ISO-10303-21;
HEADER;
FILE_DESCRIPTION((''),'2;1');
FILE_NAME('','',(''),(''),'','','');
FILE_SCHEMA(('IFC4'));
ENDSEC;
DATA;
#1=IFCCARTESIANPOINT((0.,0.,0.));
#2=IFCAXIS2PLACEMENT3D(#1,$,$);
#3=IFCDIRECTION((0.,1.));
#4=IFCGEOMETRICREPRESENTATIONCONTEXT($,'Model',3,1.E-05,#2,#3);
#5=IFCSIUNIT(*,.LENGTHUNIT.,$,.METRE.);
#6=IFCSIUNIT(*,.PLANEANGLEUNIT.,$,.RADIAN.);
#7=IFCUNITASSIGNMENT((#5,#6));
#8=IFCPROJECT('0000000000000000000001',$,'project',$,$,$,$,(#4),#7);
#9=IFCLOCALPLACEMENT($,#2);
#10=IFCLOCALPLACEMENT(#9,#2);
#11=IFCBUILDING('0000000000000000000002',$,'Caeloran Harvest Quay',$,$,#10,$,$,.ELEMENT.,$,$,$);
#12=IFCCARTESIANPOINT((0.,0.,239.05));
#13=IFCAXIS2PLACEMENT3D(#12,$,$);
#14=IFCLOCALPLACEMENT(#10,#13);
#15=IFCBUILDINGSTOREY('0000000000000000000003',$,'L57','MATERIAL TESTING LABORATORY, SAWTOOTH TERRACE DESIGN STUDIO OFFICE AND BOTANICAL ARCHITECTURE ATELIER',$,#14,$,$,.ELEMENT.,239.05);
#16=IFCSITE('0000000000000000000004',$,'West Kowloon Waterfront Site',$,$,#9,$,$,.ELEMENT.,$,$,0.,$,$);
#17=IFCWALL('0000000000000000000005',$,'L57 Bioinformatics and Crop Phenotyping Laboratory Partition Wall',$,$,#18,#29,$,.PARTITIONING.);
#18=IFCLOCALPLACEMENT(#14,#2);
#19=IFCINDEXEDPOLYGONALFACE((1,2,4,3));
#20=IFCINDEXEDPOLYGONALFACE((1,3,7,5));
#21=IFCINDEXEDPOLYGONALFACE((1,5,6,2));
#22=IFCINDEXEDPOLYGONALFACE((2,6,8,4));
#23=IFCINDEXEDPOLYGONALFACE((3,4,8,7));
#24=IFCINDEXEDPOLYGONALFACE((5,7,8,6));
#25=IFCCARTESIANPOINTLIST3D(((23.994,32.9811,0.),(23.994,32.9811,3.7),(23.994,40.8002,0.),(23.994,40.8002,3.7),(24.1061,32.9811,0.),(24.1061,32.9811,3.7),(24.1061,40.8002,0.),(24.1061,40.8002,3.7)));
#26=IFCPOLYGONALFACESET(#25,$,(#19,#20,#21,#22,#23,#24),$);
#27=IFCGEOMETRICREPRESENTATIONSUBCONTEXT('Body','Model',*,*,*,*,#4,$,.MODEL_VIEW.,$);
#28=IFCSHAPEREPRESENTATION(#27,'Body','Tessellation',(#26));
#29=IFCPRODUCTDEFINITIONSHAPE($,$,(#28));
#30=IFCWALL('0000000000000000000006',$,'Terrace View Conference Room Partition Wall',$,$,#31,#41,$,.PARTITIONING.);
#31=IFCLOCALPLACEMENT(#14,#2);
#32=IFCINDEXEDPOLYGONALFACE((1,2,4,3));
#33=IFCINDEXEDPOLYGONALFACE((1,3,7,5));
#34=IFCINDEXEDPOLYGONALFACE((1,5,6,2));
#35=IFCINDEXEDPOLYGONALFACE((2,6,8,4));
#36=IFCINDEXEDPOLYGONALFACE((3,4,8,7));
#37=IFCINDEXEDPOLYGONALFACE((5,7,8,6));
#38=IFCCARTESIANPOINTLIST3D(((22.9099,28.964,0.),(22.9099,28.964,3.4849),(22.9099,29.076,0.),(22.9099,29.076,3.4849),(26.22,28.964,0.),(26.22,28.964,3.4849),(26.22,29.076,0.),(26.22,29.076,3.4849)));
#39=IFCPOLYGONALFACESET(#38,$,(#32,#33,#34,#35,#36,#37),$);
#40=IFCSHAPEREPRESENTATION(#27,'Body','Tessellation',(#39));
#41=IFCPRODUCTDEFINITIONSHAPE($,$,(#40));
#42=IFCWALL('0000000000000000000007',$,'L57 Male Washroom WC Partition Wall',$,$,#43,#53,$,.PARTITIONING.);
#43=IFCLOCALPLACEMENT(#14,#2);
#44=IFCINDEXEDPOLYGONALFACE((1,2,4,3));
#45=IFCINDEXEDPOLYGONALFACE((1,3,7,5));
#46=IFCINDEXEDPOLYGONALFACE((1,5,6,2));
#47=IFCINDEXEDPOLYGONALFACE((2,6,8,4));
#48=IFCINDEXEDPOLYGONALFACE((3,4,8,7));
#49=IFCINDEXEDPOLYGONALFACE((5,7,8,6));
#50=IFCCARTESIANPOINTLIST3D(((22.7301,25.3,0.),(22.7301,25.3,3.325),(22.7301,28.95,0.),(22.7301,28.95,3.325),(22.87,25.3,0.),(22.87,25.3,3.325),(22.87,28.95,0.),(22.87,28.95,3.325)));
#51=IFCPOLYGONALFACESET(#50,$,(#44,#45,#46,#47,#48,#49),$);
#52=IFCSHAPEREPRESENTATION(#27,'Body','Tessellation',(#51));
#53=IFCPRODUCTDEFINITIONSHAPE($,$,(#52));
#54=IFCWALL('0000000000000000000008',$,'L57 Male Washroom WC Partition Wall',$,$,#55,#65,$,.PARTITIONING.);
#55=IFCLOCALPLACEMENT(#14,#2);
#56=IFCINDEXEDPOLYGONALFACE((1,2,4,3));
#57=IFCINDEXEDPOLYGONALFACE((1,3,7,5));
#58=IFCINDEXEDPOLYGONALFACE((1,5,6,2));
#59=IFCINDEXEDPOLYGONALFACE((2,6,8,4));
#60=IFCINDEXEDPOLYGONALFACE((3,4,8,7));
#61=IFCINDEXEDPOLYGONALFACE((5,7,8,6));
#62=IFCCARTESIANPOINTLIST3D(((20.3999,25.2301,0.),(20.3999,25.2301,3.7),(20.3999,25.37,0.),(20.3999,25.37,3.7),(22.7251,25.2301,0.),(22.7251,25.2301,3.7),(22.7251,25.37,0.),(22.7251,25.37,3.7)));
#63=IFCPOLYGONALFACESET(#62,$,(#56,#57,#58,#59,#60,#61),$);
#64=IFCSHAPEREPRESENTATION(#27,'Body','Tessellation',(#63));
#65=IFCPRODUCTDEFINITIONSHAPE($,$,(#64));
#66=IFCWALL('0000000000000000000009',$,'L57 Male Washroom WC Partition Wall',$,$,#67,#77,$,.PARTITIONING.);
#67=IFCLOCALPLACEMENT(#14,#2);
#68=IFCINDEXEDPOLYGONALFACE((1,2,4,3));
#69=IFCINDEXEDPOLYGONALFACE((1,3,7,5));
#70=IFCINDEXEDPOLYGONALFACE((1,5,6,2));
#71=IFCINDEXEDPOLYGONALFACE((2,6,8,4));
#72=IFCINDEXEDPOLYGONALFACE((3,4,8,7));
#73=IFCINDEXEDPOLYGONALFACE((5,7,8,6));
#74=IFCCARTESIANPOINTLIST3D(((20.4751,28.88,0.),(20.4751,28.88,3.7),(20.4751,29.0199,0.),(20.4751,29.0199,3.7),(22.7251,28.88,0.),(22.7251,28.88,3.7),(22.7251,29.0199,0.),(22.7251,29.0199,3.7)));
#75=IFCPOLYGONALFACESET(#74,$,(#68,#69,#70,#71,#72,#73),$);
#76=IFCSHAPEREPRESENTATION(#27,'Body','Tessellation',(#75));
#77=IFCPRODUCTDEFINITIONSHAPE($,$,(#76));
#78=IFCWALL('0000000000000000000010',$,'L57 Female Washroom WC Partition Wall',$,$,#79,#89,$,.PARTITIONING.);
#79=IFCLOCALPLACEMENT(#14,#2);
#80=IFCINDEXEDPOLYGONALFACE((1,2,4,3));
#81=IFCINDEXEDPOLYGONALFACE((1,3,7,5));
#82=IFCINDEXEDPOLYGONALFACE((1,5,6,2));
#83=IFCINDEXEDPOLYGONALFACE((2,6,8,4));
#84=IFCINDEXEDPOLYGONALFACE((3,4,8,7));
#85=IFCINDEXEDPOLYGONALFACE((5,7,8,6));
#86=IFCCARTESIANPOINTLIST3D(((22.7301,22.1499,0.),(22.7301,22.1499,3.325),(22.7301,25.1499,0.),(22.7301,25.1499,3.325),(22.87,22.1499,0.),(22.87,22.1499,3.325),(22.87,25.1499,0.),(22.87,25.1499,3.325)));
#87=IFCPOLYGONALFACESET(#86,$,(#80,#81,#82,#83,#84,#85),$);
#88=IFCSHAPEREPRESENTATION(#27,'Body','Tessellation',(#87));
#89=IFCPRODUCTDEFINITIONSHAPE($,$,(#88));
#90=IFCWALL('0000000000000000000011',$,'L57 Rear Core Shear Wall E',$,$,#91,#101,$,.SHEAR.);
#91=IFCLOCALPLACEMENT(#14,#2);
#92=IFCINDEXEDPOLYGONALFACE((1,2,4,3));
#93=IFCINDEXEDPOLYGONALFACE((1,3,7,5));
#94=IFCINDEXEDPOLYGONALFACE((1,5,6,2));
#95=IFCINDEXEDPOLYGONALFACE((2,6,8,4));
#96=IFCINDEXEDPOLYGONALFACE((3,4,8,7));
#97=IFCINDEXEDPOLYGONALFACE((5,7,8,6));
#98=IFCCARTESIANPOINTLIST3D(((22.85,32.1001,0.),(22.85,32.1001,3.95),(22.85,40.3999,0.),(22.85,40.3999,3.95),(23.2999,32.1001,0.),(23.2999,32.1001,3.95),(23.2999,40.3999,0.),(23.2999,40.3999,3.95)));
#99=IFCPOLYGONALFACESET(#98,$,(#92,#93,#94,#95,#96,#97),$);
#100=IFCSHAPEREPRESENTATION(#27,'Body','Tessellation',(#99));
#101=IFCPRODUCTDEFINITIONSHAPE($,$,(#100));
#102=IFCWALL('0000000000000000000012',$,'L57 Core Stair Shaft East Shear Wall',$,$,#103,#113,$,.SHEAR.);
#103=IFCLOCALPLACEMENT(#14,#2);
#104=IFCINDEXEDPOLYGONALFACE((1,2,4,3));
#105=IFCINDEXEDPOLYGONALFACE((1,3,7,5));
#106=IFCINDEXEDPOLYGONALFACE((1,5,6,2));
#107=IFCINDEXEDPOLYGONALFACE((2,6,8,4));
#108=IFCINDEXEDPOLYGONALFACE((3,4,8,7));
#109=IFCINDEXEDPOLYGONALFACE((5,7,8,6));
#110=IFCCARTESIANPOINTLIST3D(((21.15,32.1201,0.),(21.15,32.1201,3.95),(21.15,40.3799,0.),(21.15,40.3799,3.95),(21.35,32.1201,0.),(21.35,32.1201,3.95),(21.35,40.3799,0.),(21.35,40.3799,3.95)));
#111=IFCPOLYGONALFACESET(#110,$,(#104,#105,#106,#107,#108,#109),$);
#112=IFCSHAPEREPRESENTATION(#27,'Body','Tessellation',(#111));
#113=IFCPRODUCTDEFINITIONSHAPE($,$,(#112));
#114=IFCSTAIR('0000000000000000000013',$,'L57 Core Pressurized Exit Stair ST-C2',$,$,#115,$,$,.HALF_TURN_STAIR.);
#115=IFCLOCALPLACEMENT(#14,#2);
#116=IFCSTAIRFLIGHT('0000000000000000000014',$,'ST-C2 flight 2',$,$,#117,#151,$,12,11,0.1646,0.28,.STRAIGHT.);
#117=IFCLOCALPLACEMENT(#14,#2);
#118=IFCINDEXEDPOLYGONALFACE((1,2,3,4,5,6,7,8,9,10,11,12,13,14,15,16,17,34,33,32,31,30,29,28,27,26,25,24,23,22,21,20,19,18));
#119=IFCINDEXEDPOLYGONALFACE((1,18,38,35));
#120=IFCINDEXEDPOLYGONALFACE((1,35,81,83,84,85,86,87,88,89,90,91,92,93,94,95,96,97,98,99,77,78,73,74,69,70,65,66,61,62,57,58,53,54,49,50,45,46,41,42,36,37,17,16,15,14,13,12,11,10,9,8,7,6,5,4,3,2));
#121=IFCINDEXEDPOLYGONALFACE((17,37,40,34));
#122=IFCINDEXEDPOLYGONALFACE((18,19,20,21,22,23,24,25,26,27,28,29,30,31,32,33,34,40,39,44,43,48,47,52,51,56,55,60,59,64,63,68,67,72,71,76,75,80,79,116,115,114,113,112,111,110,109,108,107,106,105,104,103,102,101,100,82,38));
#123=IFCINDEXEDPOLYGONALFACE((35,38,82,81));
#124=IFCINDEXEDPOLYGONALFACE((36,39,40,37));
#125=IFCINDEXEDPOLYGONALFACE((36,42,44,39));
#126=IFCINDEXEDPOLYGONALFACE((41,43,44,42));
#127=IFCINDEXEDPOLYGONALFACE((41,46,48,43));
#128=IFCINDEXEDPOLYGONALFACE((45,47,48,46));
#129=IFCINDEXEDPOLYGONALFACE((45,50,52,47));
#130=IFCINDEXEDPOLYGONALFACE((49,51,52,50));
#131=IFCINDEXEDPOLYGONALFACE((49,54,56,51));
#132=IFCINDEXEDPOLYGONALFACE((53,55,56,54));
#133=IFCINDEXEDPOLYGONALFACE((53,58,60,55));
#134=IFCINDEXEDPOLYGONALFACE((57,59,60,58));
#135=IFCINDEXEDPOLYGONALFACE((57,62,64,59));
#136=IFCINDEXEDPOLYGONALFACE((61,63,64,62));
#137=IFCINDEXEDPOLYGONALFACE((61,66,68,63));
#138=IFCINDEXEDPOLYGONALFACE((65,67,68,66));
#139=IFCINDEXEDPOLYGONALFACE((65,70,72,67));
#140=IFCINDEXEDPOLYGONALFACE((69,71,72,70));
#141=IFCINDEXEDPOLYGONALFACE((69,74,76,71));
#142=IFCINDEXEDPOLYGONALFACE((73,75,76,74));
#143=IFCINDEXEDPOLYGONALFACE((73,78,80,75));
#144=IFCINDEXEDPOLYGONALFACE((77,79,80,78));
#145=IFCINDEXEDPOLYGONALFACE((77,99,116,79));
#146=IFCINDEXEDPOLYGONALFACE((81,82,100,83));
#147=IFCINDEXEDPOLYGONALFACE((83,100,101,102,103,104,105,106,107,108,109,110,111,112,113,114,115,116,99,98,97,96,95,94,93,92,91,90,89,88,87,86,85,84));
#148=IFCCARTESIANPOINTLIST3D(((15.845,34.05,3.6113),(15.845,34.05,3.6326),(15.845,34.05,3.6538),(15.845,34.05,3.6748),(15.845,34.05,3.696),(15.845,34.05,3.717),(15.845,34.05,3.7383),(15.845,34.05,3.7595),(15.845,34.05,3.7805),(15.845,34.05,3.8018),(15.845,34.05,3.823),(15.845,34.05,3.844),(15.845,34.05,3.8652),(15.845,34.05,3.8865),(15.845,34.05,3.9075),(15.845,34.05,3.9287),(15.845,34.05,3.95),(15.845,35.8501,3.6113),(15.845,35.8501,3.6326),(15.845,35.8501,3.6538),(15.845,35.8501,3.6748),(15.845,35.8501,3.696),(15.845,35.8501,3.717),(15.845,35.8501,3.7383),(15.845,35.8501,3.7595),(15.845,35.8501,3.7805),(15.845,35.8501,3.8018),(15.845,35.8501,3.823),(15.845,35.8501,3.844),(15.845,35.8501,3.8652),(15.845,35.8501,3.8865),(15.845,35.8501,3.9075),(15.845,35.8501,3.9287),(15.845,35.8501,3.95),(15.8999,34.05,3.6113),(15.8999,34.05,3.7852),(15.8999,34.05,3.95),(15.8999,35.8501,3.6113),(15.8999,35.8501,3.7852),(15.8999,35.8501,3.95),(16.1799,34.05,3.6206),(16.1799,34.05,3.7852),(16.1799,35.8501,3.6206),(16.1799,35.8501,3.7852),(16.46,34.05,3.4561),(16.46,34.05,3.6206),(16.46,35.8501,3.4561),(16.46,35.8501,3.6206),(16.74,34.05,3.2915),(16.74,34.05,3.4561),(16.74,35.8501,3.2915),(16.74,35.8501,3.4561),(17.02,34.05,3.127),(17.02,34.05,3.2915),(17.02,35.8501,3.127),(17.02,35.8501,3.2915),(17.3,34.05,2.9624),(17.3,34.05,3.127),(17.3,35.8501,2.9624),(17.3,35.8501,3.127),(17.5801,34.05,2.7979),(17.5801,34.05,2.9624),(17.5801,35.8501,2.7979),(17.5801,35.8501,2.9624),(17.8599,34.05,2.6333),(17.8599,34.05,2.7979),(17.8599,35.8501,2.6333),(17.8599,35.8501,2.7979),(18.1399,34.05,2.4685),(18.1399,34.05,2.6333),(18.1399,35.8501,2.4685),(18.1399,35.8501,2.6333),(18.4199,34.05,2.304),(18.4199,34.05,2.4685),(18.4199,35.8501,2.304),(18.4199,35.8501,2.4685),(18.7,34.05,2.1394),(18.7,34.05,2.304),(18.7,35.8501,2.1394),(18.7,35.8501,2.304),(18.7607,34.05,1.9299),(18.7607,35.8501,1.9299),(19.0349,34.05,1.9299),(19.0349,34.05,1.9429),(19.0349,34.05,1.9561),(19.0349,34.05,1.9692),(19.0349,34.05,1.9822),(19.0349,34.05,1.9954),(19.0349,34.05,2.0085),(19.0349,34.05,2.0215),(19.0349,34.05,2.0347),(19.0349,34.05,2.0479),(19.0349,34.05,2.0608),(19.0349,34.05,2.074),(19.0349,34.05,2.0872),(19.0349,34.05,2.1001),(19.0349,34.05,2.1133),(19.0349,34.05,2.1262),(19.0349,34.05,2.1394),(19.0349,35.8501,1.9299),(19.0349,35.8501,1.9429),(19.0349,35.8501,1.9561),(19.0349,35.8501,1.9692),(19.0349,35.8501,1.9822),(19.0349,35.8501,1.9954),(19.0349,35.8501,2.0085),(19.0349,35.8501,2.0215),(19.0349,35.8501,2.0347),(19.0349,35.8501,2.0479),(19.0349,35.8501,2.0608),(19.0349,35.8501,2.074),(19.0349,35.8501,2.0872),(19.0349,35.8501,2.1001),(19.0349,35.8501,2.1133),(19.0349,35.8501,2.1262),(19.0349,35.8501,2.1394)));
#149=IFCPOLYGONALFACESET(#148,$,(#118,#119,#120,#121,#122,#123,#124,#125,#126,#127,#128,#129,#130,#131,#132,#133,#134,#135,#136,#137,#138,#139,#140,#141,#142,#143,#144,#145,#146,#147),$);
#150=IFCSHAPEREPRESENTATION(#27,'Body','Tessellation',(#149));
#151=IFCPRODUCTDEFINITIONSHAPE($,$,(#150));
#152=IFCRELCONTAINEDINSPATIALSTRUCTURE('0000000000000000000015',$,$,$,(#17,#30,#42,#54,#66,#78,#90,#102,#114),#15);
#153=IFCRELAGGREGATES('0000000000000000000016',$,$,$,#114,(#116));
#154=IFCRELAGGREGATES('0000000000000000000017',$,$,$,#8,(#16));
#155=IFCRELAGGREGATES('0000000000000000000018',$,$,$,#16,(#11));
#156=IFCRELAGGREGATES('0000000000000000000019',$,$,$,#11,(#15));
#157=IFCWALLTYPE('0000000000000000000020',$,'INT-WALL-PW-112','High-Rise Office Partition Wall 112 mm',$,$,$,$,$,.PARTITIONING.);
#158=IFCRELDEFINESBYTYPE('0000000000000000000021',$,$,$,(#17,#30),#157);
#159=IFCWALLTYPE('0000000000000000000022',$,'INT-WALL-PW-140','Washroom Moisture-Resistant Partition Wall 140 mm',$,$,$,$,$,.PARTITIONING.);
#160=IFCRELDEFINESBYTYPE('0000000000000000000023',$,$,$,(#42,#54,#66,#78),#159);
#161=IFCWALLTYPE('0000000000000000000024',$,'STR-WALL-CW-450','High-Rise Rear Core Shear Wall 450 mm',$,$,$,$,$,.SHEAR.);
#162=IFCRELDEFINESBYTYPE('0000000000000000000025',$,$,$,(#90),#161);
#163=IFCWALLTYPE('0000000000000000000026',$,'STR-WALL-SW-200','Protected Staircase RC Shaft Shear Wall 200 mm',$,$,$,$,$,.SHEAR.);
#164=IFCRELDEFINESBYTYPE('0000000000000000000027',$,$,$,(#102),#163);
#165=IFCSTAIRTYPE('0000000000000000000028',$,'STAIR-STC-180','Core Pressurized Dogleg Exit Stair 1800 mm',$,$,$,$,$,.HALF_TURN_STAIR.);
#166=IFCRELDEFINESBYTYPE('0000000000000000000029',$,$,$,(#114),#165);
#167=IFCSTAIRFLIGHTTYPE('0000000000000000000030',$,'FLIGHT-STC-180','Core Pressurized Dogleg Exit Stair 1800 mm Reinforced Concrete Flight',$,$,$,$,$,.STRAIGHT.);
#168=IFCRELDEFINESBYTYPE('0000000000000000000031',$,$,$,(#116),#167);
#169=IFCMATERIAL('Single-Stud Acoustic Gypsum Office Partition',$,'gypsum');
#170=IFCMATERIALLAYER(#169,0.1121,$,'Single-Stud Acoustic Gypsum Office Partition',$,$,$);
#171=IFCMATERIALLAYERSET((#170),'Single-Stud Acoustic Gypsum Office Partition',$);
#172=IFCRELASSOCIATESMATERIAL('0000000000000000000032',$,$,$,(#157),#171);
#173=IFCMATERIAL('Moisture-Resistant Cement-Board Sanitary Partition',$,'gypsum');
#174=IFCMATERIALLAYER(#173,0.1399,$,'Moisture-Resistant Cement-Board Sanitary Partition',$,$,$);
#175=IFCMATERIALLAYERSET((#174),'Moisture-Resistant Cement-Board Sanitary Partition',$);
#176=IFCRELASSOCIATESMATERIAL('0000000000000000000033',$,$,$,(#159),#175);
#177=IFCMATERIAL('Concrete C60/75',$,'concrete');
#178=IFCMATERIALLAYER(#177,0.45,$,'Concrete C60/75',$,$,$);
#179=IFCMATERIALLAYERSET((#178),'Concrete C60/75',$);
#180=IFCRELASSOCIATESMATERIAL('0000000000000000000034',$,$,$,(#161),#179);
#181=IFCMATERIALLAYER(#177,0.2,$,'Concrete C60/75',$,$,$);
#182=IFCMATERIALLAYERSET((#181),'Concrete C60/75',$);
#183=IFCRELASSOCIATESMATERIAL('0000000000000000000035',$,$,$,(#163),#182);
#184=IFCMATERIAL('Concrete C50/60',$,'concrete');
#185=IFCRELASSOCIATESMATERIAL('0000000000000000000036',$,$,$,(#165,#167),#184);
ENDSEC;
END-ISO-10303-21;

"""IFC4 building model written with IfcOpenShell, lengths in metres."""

from ifc_helpers import new_model, si_unit, direction, frame, frame_2d, origin, place, context, subcontext, project, spatial, polyline, rectangle, outline, extrude, material, layer, layer_set, type_object, element, aggregate, save


model = new_model("IFC4")

# Units and contexts
model_context = context("Model", 3, precision=1e-05, world=origin(), true_north=direction((0.0, 1.0)))
body_context = subcontext(model_context, "Body", "Model", "MODEL_VIEW")
ifc_project = project(units=[si_unit("LENGTHUNIT", "METRE"), si_unit("PLANEANGLEUNIT", "RADIAN")], contexts=[model_context])

# Site, building, storey
site_placement = place(None, origin())
site = spatial("IfcSite", under=ifc_project, at=site_placement, Name="West Kowloon Waterfront Site", CompositionType="ELEMENT", RefElevation=0.0)
building_placement = place(site_placement, origin())
building = spatial("IfcBuilding", under=site, at=building_placement, Name="Caeloran Harvest Quay", CompositionType="ELEMENT")
storey_placement = place(building_placement, frame((0.0, 0.0, 239.05)))
storey = spatial("IfcBuildingStorey", under=building, at=storey_placement, Name="L57", Description="MATERIAL TESTING LABORATORY, SAWTOOTH TERRACE DESIGN STUDIO OFFICE AND BOTANICAL ARCHITECTURE ATELIER", CompositionType="ELEMENT", Elevation=239.05)

# Shared definitions
ifc_material_1 = material(Name="Concrete C60/75", Category="concrete")

# Walls
ifc_material_2 = material(Name="Single-Stud Acoustic Gypsum Office Partition", Category="gypsum")
ifc_layer_1 = layer(ifc_material_2, 0.1121, Name="Single-Stud Acoustic Gypsum Office Partition")
ifc_layer_set_1 = layer_set([ifc_layer_1], Name="Single-Stud Acoustic Gypsum Office Partition")
wall_type_1 = type_object("IfcWallType", Name="INT-WALL-PW-112", Description="High-Rise Office Partition Wall 112 mm", PredefinedType="PARTITIONING", material=ifc_layer_set_1)
wall_1_placement = place(storey_placement, frame((24.05, 32.981, 0.0), z_axis=(0.0, 0.0, 1.0), x_axis=(0.0, 1.0, 0.0)))
element("IfcWall", 1, at=wall_1_placement, inside=storey, type_object=wall_type_1, Name="L57 Bioinformatics and Crop Phenotyping Laboratory Partition Wall", PredefinedType="PARTITIONING", context=body_context, shape_type="SweptSolid", body=[
    extrude(rectangle(XDim=7.8191, YDim=0.1121, at=frame_2d((3.9097, 0.0))), origin(), (0.0, 0.0, 1.0), 3.7),
])
wall_2_placement = place(storey_placement, frame((22.9099, 29.02, 0.0), z_axis=(0.0, 0.0, 1.0), x_axis=(1.0, 0.0, 0.0)))
element("IfcWall", 2, at=wall_2_placement, inside=storey, type_object=wall_type_1, Name="Terrace View Conference Room Partition Wall", PredefinedType="PARTITIONING", context=body_context, shape_type="SweptSolid", body=[
    extrude(rectangle(XDim=3.3101, YDim=0.1121, at=frame_2d((1.655, 0.0))), origin(), (0.0, 0.0, 1.0), 3.4849),
])
ifc_material_3 = material(Name="Moisture-Resistant Cement-Board Sanitary Partition", Category="gypsum")
ifc_layer_2 = layer(ifc_material_3, 0.1399, Name="Moisture-Resistant Cement-Board Sanitary Partition")
ifc_layer_set_2 = layer_set([ifc_layer_2], Name="Moisture-Resistant Cement-Board Sanitary Partition")
wall_type_2 = type_object("IfcWallType", Name="INT-WALL-PW-140", Description="Washroom Moisture-Resistant Partition Wall 140 mm", PredefinedType="PARTITIONING", material=ifc_layer_set_2)
wall_3_placement = place(storey_placement, frame((22.8, 28.95, 0.0), z_axis=(0.0, 0.0, 1.0), x_axis=(0.0, -1.0, 0.0)))
element("IfcWall", 3, at=wall_3_placement, inside=storey, type_object=wall_type_2, Name="L57 Male Washroom WC Partition Wall", PredefinedType="PARTITIONING", context=body_context, shape_type="SweptSolid", body=[
    extrude(rectangle(XDim=3.6499, YDim=0.1399, at=frame_2d((1.825, 0.0))), origin(), (0.0, 0.0, 1.0), 3.325),
])
wall_4_placement = place(storey_placement, frame((22.7251, 25.3, 0.0), z_axis=(0.0, 0.0, 1.0), x_axis=(-1.0, 0.0, 0.0)))
element("IfcWall", 4, at=wall_4_placement, inside=storey, type_object=wall_type_2, Name="L57 Male Washroom WC Partition Wall", PredefinedType="PARTITIONING", context=body_context, shape_type="SweptSolid", body=[
    extrude(rectangle(XDim=2.3252, YDim=0.1399, at=frame_2d((1.1626, 0.0))), origin(), (0.0, 0.0, 1.0), 3.7),
])

# Walls
wall_5_placement = place(storey_placement, frame((20.4751, 28.95, 0.0), z_axis=(0.0, 0.0, 1.0), x_axis=(1.0, 0.0, 0.0)))
element("IfcWall", 5, at=wall_5_placement, inside=storey, type_object=wall_type_2, Name="L57 Male Washroom WC Partition Wall", PredefinedType="PARTITIONING", context=body_context, shape_type="SweptSolid", body=[
    extrude(rectangle(XDim=2.25, YDim=0.1399, at=frame_2d((1.125, 0.0))), origin(), (0.0, 0.0, 1.0), 3.7),
])
wall_6_placement = place(storey_placement, frame((22.8, 25.1499, 0.0), z_axis=(0.0, 0.0, 1.0), x_axis=(0.0, -1.0, 0.0)))
element("IfcWall", 6, at=wall_6_placement, inside=storey, type_object=wall_type_2, Name="L57 Female Washroom WC Partition Wall", PredefinedType="PARTITIONING", context=body_context, shape_type="SweptSolid", body=[
    extrude(rectangle(XDim=3.0, YDim=0.1399, at=frame_2d((1.5, 0.0))), origin(), (0.0, 0.0, 1.0), 3.325),
])
ifc_layer_3 = layer(ifc_material_1, 0.45, Name="Concrete C60/75")
ifc_layer_set_3 = layer_set([ifc_layer_3], Name="Concrete C60/75")
wall_type_3 = type_object("IfcWallType", Name="STR-WALL-CW-450", Description="High-Rise Rear Core Shear Wall 450 mm", PredefinedType="SHEAR", material=ifc_layer_set_3)
wall_7_placement = place(storey_placement, frame((23.075, 32.1001, 0.0), z_axis=(0.0, 0.0, 1.0), x_axis=(0.0, 1.0, 0.0)))
element("IfcWall", 7, at=wall_7_placement, inside=storey, type_object=wall_type_3, Name="L57 Rear Core Shear Wall E", PredefinedType="SHEAR", context=body_context, shape_type="SweptSolid", body=[
    extrude(rectangle(XDim=8.2998, YDim=0.45, at=frame_2d((4.1499, 0.0))), origin(), (0.0, 0.0, 1.0), 3.95),
])
ifc_layer_4 = layer(ifc_material_1, 0.2, Name="Concrete C60/75")
ifc_layer_set_4 = layer_set([ifc_layer_4], Name="Concrete C60/75")
wall_type_4 = type_object("IfcWallType", Name="STR-WALL-SW-200", Description="Protected Staircase RC Shaft Shear Wall 200 mm", PredefinedType="SHEAR", material=ifc_layer_set_4)
wall_8_placement = place(storey_placement, frame((21.25, 32.1201, 0.0), z_axis=(0.0, 0.0, 1.0), x_axis=(0.0, 1.0, 0.0)))
element("IfcWall", 8, at=wall_8_placement, inside=storey, type_object=wall_type_4, Name="L57 Core Stair Shaft East Shear Wall", PredefinedType="SHEAR", context=body_context, shape_type="SweptSolid", body=[
    extrude(rectangle(XDim=8.2598, YDim=0.2, at=frame_2d((4.1299, 0.0))), origin(), (0.0, 0.0, 1.0), 3.95),
])

# Stair, stair flight
ifc_material_4 = material(Name="Concrete C50/60", Category="concrete")
stair_type = type_object("IfcStairType", Name="STAIR-STC-180", Description="Core Pressurized Dogleg Exit Stair 1800 mm", PredefinedType="HALF_TURN_STAIR", material=ifc_material_4)
stair_placement = place(storey_placement, origin())
stair = element("IfcStair", 9, at=stair_placement, inside=storey, type_object=stair_type, Name="L57 Core Pressurized Exit Stair ST-C2", PredefinedType="HALF_TURN_STAIR")
stair_flight_type = type_object("IfcStairFlightType", Name="FLIGHT-STC-180", Description="Core Pressurized Dogleg Exit Stair 1800 mm Reinforced Concrete Flight", PredefinedType="STRAIGHT", material=ifc_material_4)
stair_flight_placement = place(storey_placement, frame((18.98, 34.95, 1.9749), z_axis=(0.0, 0.0, 1.0), x_axis=(-1.0, 0.0, 0.0)))
stair_flight = element("IfcStairFlight", 10, at=stair_flight_placement, type_object=stair_flight_type, Name="ST-C2 flight 2", NumberOfRisers=12, NumberOfTreads=11, PredefinedType="STRAIGHT", RiserHeight=0.1646, TreadLength=0.28, context=body_context, shape_type="SweptSolid", body=[
    extrude(outline(polyline([(-0.0549, -0.0449), (-0.0549, -0.032), (-0.0549, -0.0188), (-0.0549, -0.0056), (-0.0549, 0.0073), (-0.0549, 0.0205), (-0.0549, 0.0337), (-0.0549, 0.0466), (-0.0549, 0.0598), (-0.0549, 0.073), (-0.0549, 0.0859), (-0.0549, 0.0991), (-0.0549, 0.1123), (-0.0549, 0.1252), (-0.0549, 0.1384), (-0.0549, 0.1514), (-0.0549, 0.1646), (0.28, 0.1646), (0.28, 0.3291), (0.5601, 0.3291), (0.5601, 0.4937), (0.8401, 0.4937), (0.8401, 0.6584), (1.1201, 0.6584), (1.1201, 0.823), (1.3999, 0.823), (1.3999, 0.9875), (1.6799, 0.9875), (1.6799, 1.1521), (1.96, 1.1521), (1.96, 1.3167), (2.24, 1.3167), (2.24, 1.4812), (2.52, 1.4812), (2.52, 1.6458), (2.8, 1.6458), (2.8, 1.8103), (3.0801, 1.8103), (3.0801, 1.9751), (3.135, 1.9751), (3.135, 1.9539), (3.135, 1.9326), (3.135, 1.9116), (3.135, 1.8904), (3.135, 1.8691), (3.135, 1.8481), (3.135, 1.8269), (3.135, 1.8057), (3.135, 1.7847), (3.135, 1.7634), (3.135, 1.7422), (3.135, 1.7212), (3.135, 1.7), (3.135, 1.679), (3.135, 1.6577), (3.135, 1.6365), (3.0801, 1.6365), (0.2192, -0.0449), (-0.0549, -0.0449)])), frame((0.0, 0.8999, 0.0), z_axis=(0.0, -1.0, 0.0), x_axis=(1.0, 0.0, 0.0)), (0.0, 0.0, 1.0), 1.8),
])
aggregate(stair, [stair_flight])

save(model, "model.ifc")
